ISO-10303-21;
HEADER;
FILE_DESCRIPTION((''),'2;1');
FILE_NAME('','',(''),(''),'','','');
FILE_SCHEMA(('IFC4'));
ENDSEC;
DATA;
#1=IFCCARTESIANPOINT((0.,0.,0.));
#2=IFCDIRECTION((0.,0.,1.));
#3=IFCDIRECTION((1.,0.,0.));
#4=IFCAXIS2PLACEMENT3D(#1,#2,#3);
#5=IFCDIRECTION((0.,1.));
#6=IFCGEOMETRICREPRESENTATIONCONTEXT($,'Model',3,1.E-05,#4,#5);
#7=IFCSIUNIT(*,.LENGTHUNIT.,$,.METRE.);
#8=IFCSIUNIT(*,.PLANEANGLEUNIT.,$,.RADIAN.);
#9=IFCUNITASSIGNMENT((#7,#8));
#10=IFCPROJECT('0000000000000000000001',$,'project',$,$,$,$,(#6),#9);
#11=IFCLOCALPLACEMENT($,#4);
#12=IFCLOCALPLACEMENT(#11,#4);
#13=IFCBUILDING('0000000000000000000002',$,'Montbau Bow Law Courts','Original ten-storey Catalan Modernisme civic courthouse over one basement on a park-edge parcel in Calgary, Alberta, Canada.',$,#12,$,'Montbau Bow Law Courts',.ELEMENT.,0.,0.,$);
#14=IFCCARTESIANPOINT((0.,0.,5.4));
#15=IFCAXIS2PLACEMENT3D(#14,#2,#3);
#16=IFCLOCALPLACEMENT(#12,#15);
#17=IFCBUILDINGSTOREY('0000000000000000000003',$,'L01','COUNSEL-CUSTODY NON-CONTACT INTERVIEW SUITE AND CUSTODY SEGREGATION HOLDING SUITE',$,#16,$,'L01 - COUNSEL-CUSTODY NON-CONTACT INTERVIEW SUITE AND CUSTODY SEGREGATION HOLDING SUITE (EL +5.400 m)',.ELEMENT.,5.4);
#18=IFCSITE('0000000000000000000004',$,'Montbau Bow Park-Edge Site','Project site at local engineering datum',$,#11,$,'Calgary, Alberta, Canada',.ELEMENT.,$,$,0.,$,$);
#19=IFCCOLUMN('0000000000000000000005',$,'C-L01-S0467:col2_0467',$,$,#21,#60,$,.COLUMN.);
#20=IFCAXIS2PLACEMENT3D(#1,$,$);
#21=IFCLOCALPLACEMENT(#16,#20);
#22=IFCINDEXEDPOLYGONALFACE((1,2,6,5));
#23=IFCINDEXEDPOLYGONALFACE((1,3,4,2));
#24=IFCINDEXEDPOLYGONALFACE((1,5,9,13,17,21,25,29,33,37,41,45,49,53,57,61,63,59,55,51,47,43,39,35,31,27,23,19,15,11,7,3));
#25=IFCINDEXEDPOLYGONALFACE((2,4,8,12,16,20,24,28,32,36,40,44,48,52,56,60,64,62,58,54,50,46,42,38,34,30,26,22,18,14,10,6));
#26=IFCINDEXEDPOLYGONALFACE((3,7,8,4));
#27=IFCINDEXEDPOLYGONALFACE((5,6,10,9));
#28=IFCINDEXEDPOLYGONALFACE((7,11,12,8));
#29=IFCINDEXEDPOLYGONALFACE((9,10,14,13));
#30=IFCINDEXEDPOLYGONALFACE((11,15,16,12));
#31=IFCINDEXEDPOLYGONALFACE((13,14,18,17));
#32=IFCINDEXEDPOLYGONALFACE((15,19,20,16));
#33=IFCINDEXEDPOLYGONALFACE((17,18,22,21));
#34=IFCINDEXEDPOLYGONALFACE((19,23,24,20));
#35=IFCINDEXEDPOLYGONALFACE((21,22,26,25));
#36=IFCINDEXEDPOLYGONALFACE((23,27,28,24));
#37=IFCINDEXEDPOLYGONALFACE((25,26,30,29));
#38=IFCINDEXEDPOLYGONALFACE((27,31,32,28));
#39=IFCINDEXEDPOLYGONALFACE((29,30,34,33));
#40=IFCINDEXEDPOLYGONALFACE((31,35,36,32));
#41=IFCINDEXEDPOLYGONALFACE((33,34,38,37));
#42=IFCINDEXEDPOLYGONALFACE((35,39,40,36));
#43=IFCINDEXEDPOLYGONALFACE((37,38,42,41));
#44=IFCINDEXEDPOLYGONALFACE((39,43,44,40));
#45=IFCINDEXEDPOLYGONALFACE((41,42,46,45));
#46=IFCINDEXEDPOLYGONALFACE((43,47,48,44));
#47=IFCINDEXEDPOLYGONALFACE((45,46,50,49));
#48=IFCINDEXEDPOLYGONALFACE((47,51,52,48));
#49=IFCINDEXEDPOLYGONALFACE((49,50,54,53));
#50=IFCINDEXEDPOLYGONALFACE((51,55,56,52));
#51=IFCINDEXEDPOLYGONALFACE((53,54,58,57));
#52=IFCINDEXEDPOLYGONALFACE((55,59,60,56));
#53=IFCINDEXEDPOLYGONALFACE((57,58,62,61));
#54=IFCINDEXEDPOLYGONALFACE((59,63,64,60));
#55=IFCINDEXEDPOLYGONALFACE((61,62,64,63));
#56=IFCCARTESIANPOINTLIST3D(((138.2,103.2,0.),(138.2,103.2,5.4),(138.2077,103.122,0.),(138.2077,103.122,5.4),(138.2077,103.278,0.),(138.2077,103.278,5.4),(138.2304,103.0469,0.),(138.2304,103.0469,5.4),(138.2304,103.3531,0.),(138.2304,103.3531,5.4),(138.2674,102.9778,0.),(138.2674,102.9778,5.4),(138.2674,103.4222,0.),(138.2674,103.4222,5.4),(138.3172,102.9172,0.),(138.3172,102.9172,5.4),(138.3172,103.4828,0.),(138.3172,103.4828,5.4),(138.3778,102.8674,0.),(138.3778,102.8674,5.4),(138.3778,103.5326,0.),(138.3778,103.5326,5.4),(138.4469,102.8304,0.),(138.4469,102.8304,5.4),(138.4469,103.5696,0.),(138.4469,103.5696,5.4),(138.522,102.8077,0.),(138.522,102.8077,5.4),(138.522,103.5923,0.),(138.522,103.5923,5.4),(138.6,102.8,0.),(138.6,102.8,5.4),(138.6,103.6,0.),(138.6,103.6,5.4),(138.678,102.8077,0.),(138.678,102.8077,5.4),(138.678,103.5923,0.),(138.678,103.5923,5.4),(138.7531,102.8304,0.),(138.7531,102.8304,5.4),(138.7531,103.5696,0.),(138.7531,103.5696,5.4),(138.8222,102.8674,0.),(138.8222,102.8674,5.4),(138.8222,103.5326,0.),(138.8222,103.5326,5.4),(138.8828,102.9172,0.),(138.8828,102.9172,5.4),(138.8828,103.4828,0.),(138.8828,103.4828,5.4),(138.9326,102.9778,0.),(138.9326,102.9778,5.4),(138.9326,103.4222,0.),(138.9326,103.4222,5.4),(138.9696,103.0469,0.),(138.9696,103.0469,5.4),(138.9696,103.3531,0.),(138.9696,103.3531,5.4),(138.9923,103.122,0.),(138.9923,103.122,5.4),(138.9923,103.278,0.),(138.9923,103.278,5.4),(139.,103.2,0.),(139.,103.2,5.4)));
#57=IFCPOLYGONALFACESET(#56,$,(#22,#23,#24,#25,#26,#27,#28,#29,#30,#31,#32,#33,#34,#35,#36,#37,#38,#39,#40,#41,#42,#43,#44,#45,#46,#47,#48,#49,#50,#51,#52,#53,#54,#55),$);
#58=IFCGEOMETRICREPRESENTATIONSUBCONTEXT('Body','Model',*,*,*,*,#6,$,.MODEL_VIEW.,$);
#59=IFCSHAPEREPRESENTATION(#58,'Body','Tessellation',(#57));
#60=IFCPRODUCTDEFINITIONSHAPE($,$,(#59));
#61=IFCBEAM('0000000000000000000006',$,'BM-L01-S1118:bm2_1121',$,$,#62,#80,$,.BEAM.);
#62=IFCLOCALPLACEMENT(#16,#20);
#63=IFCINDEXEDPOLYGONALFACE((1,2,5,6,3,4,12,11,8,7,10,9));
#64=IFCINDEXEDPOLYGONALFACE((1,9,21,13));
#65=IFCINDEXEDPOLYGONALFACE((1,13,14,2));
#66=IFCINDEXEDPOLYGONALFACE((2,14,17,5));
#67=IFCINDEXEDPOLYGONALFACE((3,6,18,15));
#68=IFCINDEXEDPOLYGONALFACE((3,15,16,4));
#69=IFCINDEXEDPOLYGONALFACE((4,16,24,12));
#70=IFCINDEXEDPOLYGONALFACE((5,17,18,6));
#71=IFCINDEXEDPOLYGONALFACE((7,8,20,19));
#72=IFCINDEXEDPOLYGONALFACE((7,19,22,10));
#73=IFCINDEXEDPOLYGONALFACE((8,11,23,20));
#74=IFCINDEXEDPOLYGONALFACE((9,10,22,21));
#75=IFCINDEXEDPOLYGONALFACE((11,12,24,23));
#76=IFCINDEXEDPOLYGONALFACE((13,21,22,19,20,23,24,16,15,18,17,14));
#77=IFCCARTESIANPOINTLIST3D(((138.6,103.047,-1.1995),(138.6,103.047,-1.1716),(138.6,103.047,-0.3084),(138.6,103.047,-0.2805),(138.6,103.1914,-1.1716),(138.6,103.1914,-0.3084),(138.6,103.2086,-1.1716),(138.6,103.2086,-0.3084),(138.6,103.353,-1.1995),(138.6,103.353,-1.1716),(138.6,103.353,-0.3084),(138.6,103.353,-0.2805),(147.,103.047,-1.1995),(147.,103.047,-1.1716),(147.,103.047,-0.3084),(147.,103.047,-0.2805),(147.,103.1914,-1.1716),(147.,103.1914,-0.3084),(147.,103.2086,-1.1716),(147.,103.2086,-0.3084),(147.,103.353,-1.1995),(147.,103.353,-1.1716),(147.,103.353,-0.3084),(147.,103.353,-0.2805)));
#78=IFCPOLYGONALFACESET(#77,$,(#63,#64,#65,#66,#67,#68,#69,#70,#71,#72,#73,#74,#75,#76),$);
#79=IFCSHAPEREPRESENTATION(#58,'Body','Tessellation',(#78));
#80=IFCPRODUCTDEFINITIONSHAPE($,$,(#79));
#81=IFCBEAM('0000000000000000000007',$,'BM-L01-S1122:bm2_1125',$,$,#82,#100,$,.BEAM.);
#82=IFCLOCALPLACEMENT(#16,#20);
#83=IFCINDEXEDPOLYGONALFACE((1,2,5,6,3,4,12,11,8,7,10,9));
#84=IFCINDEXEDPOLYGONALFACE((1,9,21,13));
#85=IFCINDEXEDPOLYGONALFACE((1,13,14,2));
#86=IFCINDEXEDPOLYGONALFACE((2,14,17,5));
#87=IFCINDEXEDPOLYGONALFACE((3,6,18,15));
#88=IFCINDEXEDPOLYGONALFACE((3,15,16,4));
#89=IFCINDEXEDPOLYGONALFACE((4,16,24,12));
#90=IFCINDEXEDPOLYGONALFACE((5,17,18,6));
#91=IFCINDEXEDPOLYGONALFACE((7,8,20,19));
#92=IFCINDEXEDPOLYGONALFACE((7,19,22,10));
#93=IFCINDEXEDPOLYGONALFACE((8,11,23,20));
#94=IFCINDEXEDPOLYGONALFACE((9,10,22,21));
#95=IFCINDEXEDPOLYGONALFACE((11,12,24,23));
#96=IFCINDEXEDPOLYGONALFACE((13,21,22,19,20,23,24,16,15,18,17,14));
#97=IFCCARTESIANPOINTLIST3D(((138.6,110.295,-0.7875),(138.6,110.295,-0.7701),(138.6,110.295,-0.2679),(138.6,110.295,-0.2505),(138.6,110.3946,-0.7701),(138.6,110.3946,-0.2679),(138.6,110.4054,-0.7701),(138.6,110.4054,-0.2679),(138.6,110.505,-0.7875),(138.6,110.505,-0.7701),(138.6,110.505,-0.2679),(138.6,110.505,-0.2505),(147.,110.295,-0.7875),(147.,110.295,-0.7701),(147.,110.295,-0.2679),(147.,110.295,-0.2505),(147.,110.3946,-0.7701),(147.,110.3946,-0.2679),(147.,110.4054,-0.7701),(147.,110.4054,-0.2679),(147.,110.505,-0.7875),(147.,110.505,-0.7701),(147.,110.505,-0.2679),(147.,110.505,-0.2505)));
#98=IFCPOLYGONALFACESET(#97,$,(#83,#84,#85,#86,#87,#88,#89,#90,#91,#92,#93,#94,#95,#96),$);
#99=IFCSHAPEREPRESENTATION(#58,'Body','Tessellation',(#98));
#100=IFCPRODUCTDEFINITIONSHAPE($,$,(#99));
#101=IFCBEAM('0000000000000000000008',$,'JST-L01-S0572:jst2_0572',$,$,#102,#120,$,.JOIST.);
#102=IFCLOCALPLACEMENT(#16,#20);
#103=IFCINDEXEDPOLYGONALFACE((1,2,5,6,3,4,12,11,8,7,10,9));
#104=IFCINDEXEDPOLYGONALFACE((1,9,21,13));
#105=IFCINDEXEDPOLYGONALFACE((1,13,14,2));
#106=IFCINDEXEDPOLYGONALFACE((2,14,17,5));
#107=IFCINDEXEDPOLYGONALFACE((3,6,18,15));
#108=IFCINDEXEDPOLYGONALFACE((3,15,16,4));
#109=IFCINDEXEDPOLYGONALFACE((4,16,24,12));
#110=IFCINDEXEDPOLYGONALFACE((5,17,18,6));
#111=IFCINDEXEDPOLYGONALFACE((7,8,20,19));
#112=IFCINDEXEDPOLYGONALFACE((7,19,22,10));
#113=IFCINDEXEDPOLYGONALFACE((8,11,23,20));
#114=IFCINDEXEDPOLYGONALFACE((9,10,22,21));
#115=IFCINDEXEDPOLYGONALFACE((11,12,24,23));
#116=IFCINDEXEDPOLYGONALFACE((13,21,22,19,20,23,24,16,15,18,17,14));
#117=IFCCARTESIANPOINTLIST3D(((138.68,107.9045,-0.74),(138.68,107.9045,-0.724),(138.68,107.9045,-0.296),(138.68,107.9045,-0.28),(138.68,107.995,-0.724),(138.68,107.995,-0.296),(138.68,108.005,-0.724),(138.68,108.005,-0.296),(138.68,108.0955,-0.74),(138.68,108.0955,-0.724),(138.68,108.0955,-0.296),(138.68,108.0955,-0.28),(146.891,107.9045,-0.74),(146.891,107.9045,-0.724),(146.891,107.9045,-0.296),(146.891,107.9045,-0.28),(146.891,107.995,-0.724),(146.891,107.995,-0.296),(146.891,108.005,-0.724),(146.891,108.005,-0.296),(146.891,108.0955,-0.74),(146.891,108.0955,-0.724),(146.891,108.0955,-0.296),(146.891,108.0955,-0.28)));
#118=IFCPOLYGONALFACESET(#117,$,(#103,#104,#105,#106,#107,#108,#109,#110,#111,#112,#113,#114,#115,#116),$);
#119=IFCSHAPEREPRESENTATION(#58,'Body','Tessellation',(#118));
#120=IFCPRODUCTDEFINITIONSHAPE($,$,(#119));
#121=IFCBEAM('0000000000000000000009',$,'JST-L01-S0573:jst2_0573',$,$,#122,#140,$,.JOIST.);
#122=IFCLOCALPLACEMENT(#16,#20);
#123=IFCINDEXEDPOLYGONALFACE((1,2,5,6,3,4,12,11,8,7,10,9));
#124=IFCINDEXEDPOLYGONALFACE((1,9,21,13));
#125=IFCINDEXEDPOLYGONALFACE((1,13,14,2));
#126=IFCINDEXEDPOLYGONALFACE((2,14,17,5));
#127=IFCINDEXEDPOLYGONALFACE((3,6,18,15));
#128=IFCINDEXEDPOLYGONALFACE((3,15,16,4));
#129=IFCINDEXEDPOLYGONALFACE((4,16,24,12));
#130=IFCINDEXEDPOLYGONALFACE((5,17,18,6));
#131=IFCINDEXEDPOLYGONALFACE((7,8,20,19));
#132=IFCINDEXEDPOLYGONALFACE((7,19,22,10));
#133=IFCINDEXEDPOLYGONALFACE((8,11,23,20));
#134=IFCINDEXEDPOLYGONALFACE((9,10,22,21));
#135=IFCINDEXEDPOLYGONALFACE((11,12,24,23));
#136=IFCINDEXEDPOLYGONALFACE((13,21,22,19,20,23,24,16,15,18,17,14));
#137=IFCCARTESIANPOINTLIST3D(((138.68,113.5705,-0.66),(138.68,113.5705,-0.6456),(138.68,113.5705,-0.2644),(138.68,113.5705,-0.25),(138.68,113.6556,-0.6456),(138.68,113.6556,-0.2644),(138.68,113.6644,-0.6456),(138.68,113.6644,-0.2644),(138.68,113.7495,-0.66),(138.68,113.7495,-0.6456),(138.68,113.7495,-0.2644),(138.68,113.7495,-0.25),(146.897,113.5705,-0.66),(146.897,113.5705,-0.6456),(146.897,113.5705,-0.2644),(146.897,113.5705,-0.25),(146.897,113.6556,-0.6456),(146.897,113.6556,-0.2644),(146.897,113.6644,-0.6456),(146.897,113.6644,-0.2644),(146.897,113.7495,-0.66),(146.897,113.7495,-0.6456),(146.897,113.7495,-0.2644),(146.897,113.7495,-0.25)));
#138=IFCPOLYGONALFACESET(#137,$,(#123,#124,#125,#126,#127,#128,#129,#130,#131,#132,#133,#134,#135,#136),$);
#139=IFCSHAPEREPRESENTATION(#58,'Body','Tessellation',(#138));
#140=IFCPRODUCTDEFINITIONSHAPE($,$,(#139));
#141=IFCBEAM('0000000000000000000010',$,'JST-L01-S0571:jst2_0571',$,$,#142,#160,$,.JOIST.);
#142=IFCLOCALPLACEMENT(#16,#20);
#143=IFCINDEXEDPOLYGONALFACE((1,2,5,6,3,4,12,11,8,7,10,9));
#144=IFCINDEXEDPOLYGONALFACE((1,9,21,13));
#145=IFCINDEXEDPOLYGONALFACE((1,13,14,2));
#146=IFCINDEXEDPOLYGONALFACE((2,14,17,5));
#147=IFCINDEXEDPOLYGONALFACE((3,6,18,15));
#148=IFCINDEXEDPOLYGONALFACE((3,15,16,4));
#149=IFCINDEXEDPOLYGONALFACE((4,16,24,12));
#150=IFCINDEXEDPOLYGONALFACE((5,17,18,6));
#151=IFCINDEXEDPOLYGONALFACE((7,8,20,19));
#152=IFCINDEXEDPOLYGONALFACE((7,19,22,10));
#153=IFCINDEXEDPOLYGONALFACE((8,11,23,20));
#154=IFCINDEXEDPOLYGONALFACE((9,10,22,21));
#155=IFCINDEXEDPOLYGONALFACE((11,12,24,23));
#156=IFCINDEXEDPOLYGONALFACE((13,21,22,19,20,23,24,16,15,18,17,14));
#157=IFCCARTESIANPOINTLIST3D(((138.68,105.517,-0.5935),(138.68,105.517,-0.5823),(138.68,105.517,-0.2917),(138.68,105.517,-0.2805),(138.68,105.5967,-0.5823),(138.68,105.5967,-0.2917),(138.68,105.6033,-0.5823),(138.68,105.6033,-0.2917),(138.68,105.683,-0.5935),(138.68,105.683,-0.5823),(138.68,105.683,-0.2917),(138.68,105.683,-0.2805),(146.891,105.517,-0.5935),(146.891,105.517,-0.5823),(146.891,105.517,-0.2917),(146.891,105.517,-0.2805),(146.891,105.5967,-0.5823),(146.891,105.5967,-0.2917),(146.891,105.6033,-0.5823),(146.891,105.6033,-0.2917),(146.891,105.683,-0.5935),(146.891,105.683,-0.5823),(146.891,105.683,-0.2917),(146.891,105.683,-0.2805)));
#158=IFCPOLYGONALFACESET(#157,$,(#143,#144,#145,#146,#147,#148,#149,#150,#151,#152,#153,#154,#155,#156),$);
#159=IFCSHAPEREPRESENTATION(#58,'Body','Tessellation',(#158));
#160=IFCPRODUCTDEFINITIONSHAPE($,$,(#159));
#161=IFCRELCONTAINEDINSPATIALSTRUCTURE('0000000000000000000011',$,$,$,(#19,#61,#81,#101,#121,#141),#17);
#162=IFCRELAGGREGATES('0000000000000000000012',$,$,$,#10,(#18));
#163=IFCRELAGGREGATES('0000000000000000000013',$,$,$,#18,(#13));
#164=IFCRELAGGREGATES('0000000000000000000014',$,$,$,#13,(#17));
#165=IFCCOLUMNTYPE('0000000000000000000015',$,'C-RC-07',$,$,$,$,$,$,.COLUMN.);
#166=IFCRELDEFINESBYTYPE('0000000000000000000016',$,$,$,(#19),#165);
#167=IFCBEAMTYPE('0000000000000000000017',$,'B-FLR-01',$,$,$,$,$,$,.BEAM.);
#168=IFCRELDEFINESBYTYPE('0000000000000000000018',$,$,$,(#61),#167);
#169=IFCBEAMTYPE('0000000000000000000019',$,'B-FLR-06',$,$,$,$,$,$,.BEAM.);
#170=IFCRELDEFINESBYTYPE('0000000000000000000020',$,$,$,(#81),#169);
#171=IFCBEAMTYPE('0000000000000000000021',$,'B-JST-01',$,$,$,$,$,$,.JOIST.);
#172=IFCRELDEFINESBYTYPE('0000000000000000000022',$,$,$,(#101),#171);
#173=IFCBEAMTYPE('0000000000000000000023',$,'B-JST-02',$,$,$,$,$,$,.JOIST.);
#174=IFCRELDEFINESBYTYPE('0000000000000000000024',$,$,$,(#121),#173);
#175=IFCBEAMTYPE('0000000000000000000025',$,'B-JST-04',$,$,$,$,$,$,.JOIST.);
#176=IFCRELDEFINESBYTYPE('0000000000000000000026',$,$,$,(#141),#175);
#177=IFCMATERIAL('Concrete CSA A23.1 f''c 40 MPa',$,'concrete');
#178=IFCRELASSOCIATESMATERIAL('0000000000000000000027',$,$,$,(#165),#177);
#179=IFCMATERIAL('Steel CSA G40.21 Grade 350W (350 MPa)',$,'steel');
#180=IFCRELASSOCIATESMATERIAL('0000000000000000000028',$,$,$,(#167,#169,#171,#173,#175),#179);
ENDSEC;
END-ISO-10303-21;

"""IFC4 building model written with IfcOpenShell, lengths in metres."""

from ifc_helpers import new_model, si_unit, direction, frame, origin_with_axes, origin_2d_with_axis, place, context, subcontext, project, spatial, circle, i_section, extrude, material, material_profile, profile_set, type_object, element, save


model = new_model("IFC4")

# Units and contexts
model_context = context("Model", 3, precision=1e-05, world=origin_with_axes(), true_north=direction((0.0, 1.0)))
body_context = subcontext(model_context, "Body", "Model", "MODEL_VIEW")
ifc_project = project(units=[si_unit("LENGTHUNIT", "METRE"), si_unit("PLANEANGLEUNIT", "RADIAN")], contexts=[model_context])

# Site, building, storey
site_placement = place(None, origin_with_axes())
site = spatial("IfcSite", under=ifc_project, at=site_placement, Name="Montbau Bow Park-Edge Site", Description="Project site at local engineering datum", LongName="Calgary, Alberta, Canada", CompositionType="ELEMENT", RefElevation=0.0)
building_placement = place(site_placement, origin_with_axes())
building = spatial("IfcBuilding", under=site, at=building_placement, Name="Montbau Bow Law Courts", Description="Original ten-storey Catalan Modernisme civic courthouse over one basement on a park-edge parcel in Calgary, Alberta, Canada.", LongName="Montbau Bow Law Courts", CompositionType="ELEMENT", ElevationOfRefHeight=0.0, ElevationOfTerrain=0.0)
storey_placement = place(building_placement, frame((0.0, 0.0, 5.4), z_axis=(0.0, 0.0, 1.0), x_axis=(1.0, 0.0, 0.0)))
storey = spatial("IfcBuildingStorey", under=building, at=storey_placement, Name="L01", Description="COUNSEL-CUSTODY NON-CONTACT INTERVIEW SUITE AND CUSTODY SEGREGATION HOLDING SUITE", LongName="L01 - COUNSEL-CUSTODY NON-CONTACT INTERVIEW SUITE AND CUSTODY SEGREGATION HOLDING SUITE (EL +5.400 m)", CompositionType="ELEMENT", Elevation=5.4)

# Column
ifc_material_1 = material(Name="Concrete CSA A23.1 f'c 40 MPa", Category="concrete")
ifc_material_profile_1 = material_profile(ifc_material_1, circle(Radius=0.4, at=origin_2d_with_axis()), Name="RC800D", Category="Main", Priority=0)
ifc_profile_set_1 = profile_set([ifc_material_profile_1], Name="Concrete CSA A23.1 f'c 40 MPa")
column_type = type_object("IfcColumnType", Name="C-RC-07", PredefinedType="COLUMN", material=ifc_profile_set_1)
column_placement = place(None, frame((138.6, 103.2, 5.4), z_axis=(0.0, 0.0, 1.0), x_axis=(1.0, 0.0, 0.0)))
element("IfcColumn", 1, at=column_placement, inside=storey, type_object=column_type, Name="C-L01-S0467:col2_0467", PredefinedType="COLUMN", context=body_context, shape_type="SweptSolid", body=[
    extrude(circle(Radius=0.4, at=origin_2d_with_axis()), origin_with_axes(), (0.0, 0.0, 1.0), 5.4),
])

# Beams
ifc_material_2 = material(Name="Steel CSA G40.21 Grade 350W (350 MPa)", Category="steel")
ifc_material_profile_2 = material_profile(ifc_material_2, i_section(OverallWidth=0.306, OverallDepth=0.919, WebThickness=0.0173, FlangeThickness=0.0279, at=origin_2d_with_axis()), Name="W920X253", Category="Main", Priority=0)
ifc_profile_set_2 = profile_set([ifc_material_profile_2], Name="Steel CSA G40.21 Grade 350W (350 MPa)")
beam_type_1 = type_object("IfcBeamType", Name="B-FLR-01", PredefinedType="BEAM", material=ifc_profile_set_2)
beam_1_placement = place(None, frame((138.6, 103.2, 4.66), z_axis=(1.0, 0.0, 0.0), x_axis=(0.0, 1.0, 0.0)))
element("IfcBeam", 2, at=beam_1_placement, inside=storey, type_object=beam_type_1, Name="BM-L01-S1118:bm2_1121", PredefinedType="BEAM", context=body_context, shape_type="SweptSolid", body=[
    extrude(i_section(OverallWidth=0.306, OverallDepth=0.919, WebThickness=0.0173, FlangeThickness=0.0279, at=origin_2d_with_axis()), origin_with_axes(), (0.0, 0.0, 1.0), 8.4),
])
ifc_material_profile_3 = material_profile(ifc_material_2, i_section(OverallWidth=0.21, OverallDepth=0.537, WebThickness=0.0109, FlangeThickness=0.0174, at=origin_2d_with_axis()), Name="W530X101", Category="Main", Priority=0)
ifc_profile_set_3 = profile_set([ifc_material_profile_3], Name="Steel CSA G40.21 Grade 350W (350 MPa)")
beam_type_2 = type_object("IfcBeamType", Name="B-FLR-06", PredefinedType="BEAM", material=ifc_profile_set_3)
beam_2_placement = place(None, frame((138.6, 110.4, 4.881), z_axis=(1.0, 0.0, 0.0), x_axis=(0.0, 1.0, 0.0)))
element("IfcBeam", 3, at=beam_2_placement, inside=storey, type_object=beam_type_2, Name="BM-L01-S1122:bm2_1125", PredefinedType="BEAM", context=body_context, shape_type="SweptSolid", body=[
    extrude(i_section(OverallWidth=0.21, OverallDepth=0.537, WebThickness=0.0109, FlangeThickness=0.0174, at=origin_2d_with_axis()), origin_with_axes(), (0.0, 0.0, 1.0), 8.4),
])
ifc_material_profile_4 = material_profile(ifc_material_2, i_section(OverallWidth=0.191, OverallDepth=0.46, WebThickness=0.0099, FlangeThickness=0.016, at=origin_2d_with_axis()), Name="W460X82", Category="Main", Priority=0)
ifc_profile_set_4 = profile_set([ifc_material_profile_4], Name="Steel CSA G40.21 Grade 350W (350 MPa)")
beam_type_3 = type_object("IfcBeamType", Name="B-JST-01", PredefinedType="JOIST", material=ifc_profile_set_4)
beam_3_placement = place(None, frame((138.68, 108.0, 4.89), z_axis=(1.0, 0.0, 0.0), x_axis=(0.0, 1.0, 0.0)))
element("IfcBeam", 4, at=beam_3_placement, inside=storey, type_object=beam_type_3, Name="JST-L01-S0572:jst2_0572", PredefinedType="JOIST", context=body_context, shape_type="SweptSolid", body=[
    extrude(i_section(OverallWidth=0.191, OverallDepth=0.46, WebThickness=0.0099, FlangeThickness=0.016, at=origin_2d_with_axis()), origin_with_axes(), (0.0, 0.0, 1.0), 8.211),
])
ifc_material_profile_5 = material_profile(ifc_material_2, i_section(OverallWidth=0.179, OverallDepth=0.41, WebThickness=0.0088, FlangeThickness=0.0144, at=origin_2d_with_axis()), Name="W410X67", Category="Main", Priority=0)
ifc_profile_set_5 = profile_set([ifc_material_profile_5], Name="Steel CSA G40.21 Grade 350W (350 MPa)")
beam_type_4 = type_object("IfcBeamType", Name="B-JST-02", PredefinedType="JOIST", material=ifc_profile_set_5)
beam_4_placement = place(None, frame((138.68, 113.66, 4.945), z_axis=(1.0, 0.0, 0.0), x_axis=(0.0, 1.0, 0.0)))
element("IfcBeam", 5, at=beam_4_placement, inside=storey, type_object=beam_type_4, Name="JST-L01-S0573:jst2_0573", PredefinedType="JOIST", context=body_context, shape_type="SweptSolid", body=[
    extrude(i_section(OverallWidth=0.179, OverallDepth=0.41, WebThickness=0.0088, FlangeThickness=0.0144, at=origin_2d_with_axis()), origin_with_axes(), (0.0, 0.0, 1.0), 8.217),
])
ifc_material_profile_6 = material_profile(ifc_material_2, i_section(OverallWidth=0.166, OverallDepth=0.313, WebThickness=0.0066, FlangeThickness=0.0112, at=origin_2d_with_axis()), Name="W310X45", Category="Main", Priority=0)
ifc_profile_set_6 = profile_set([ifc_material_profile_6], Name="Steel CSA G40.21 Grade 350W (350 MPa)")
beam_type_5 = type_object("IfcBeamType", Name="B-JST-04", PredefinedType="JOIST", material=ifc_profile_set_6)
beam_5_placement = place(None, frame((138.68, 105.6, 4.963), z_axis=(1.0, 0.0, 0.0), x_axis=(0.0, 1.0, 0.0)))
element("IfcBeam", 6, at=beam_5_placement, inside=storey, type_object=beam_type_5, Name="JST-L01-S0571:jst2_0571", PredefinedType="JOIST", context=body_context, shape_type="SweptSolid", body=[
    extrude(i_section(OverallWidth=0.166, OverallDepth=0.313, WebThickness=0.0066, FlangeThickness=0.0112, at=origin_2d_with_axis()), origin_with_axes(), (0.0, 0.0, 1.0), 8.211),
])

save(model, "model.ifc")
